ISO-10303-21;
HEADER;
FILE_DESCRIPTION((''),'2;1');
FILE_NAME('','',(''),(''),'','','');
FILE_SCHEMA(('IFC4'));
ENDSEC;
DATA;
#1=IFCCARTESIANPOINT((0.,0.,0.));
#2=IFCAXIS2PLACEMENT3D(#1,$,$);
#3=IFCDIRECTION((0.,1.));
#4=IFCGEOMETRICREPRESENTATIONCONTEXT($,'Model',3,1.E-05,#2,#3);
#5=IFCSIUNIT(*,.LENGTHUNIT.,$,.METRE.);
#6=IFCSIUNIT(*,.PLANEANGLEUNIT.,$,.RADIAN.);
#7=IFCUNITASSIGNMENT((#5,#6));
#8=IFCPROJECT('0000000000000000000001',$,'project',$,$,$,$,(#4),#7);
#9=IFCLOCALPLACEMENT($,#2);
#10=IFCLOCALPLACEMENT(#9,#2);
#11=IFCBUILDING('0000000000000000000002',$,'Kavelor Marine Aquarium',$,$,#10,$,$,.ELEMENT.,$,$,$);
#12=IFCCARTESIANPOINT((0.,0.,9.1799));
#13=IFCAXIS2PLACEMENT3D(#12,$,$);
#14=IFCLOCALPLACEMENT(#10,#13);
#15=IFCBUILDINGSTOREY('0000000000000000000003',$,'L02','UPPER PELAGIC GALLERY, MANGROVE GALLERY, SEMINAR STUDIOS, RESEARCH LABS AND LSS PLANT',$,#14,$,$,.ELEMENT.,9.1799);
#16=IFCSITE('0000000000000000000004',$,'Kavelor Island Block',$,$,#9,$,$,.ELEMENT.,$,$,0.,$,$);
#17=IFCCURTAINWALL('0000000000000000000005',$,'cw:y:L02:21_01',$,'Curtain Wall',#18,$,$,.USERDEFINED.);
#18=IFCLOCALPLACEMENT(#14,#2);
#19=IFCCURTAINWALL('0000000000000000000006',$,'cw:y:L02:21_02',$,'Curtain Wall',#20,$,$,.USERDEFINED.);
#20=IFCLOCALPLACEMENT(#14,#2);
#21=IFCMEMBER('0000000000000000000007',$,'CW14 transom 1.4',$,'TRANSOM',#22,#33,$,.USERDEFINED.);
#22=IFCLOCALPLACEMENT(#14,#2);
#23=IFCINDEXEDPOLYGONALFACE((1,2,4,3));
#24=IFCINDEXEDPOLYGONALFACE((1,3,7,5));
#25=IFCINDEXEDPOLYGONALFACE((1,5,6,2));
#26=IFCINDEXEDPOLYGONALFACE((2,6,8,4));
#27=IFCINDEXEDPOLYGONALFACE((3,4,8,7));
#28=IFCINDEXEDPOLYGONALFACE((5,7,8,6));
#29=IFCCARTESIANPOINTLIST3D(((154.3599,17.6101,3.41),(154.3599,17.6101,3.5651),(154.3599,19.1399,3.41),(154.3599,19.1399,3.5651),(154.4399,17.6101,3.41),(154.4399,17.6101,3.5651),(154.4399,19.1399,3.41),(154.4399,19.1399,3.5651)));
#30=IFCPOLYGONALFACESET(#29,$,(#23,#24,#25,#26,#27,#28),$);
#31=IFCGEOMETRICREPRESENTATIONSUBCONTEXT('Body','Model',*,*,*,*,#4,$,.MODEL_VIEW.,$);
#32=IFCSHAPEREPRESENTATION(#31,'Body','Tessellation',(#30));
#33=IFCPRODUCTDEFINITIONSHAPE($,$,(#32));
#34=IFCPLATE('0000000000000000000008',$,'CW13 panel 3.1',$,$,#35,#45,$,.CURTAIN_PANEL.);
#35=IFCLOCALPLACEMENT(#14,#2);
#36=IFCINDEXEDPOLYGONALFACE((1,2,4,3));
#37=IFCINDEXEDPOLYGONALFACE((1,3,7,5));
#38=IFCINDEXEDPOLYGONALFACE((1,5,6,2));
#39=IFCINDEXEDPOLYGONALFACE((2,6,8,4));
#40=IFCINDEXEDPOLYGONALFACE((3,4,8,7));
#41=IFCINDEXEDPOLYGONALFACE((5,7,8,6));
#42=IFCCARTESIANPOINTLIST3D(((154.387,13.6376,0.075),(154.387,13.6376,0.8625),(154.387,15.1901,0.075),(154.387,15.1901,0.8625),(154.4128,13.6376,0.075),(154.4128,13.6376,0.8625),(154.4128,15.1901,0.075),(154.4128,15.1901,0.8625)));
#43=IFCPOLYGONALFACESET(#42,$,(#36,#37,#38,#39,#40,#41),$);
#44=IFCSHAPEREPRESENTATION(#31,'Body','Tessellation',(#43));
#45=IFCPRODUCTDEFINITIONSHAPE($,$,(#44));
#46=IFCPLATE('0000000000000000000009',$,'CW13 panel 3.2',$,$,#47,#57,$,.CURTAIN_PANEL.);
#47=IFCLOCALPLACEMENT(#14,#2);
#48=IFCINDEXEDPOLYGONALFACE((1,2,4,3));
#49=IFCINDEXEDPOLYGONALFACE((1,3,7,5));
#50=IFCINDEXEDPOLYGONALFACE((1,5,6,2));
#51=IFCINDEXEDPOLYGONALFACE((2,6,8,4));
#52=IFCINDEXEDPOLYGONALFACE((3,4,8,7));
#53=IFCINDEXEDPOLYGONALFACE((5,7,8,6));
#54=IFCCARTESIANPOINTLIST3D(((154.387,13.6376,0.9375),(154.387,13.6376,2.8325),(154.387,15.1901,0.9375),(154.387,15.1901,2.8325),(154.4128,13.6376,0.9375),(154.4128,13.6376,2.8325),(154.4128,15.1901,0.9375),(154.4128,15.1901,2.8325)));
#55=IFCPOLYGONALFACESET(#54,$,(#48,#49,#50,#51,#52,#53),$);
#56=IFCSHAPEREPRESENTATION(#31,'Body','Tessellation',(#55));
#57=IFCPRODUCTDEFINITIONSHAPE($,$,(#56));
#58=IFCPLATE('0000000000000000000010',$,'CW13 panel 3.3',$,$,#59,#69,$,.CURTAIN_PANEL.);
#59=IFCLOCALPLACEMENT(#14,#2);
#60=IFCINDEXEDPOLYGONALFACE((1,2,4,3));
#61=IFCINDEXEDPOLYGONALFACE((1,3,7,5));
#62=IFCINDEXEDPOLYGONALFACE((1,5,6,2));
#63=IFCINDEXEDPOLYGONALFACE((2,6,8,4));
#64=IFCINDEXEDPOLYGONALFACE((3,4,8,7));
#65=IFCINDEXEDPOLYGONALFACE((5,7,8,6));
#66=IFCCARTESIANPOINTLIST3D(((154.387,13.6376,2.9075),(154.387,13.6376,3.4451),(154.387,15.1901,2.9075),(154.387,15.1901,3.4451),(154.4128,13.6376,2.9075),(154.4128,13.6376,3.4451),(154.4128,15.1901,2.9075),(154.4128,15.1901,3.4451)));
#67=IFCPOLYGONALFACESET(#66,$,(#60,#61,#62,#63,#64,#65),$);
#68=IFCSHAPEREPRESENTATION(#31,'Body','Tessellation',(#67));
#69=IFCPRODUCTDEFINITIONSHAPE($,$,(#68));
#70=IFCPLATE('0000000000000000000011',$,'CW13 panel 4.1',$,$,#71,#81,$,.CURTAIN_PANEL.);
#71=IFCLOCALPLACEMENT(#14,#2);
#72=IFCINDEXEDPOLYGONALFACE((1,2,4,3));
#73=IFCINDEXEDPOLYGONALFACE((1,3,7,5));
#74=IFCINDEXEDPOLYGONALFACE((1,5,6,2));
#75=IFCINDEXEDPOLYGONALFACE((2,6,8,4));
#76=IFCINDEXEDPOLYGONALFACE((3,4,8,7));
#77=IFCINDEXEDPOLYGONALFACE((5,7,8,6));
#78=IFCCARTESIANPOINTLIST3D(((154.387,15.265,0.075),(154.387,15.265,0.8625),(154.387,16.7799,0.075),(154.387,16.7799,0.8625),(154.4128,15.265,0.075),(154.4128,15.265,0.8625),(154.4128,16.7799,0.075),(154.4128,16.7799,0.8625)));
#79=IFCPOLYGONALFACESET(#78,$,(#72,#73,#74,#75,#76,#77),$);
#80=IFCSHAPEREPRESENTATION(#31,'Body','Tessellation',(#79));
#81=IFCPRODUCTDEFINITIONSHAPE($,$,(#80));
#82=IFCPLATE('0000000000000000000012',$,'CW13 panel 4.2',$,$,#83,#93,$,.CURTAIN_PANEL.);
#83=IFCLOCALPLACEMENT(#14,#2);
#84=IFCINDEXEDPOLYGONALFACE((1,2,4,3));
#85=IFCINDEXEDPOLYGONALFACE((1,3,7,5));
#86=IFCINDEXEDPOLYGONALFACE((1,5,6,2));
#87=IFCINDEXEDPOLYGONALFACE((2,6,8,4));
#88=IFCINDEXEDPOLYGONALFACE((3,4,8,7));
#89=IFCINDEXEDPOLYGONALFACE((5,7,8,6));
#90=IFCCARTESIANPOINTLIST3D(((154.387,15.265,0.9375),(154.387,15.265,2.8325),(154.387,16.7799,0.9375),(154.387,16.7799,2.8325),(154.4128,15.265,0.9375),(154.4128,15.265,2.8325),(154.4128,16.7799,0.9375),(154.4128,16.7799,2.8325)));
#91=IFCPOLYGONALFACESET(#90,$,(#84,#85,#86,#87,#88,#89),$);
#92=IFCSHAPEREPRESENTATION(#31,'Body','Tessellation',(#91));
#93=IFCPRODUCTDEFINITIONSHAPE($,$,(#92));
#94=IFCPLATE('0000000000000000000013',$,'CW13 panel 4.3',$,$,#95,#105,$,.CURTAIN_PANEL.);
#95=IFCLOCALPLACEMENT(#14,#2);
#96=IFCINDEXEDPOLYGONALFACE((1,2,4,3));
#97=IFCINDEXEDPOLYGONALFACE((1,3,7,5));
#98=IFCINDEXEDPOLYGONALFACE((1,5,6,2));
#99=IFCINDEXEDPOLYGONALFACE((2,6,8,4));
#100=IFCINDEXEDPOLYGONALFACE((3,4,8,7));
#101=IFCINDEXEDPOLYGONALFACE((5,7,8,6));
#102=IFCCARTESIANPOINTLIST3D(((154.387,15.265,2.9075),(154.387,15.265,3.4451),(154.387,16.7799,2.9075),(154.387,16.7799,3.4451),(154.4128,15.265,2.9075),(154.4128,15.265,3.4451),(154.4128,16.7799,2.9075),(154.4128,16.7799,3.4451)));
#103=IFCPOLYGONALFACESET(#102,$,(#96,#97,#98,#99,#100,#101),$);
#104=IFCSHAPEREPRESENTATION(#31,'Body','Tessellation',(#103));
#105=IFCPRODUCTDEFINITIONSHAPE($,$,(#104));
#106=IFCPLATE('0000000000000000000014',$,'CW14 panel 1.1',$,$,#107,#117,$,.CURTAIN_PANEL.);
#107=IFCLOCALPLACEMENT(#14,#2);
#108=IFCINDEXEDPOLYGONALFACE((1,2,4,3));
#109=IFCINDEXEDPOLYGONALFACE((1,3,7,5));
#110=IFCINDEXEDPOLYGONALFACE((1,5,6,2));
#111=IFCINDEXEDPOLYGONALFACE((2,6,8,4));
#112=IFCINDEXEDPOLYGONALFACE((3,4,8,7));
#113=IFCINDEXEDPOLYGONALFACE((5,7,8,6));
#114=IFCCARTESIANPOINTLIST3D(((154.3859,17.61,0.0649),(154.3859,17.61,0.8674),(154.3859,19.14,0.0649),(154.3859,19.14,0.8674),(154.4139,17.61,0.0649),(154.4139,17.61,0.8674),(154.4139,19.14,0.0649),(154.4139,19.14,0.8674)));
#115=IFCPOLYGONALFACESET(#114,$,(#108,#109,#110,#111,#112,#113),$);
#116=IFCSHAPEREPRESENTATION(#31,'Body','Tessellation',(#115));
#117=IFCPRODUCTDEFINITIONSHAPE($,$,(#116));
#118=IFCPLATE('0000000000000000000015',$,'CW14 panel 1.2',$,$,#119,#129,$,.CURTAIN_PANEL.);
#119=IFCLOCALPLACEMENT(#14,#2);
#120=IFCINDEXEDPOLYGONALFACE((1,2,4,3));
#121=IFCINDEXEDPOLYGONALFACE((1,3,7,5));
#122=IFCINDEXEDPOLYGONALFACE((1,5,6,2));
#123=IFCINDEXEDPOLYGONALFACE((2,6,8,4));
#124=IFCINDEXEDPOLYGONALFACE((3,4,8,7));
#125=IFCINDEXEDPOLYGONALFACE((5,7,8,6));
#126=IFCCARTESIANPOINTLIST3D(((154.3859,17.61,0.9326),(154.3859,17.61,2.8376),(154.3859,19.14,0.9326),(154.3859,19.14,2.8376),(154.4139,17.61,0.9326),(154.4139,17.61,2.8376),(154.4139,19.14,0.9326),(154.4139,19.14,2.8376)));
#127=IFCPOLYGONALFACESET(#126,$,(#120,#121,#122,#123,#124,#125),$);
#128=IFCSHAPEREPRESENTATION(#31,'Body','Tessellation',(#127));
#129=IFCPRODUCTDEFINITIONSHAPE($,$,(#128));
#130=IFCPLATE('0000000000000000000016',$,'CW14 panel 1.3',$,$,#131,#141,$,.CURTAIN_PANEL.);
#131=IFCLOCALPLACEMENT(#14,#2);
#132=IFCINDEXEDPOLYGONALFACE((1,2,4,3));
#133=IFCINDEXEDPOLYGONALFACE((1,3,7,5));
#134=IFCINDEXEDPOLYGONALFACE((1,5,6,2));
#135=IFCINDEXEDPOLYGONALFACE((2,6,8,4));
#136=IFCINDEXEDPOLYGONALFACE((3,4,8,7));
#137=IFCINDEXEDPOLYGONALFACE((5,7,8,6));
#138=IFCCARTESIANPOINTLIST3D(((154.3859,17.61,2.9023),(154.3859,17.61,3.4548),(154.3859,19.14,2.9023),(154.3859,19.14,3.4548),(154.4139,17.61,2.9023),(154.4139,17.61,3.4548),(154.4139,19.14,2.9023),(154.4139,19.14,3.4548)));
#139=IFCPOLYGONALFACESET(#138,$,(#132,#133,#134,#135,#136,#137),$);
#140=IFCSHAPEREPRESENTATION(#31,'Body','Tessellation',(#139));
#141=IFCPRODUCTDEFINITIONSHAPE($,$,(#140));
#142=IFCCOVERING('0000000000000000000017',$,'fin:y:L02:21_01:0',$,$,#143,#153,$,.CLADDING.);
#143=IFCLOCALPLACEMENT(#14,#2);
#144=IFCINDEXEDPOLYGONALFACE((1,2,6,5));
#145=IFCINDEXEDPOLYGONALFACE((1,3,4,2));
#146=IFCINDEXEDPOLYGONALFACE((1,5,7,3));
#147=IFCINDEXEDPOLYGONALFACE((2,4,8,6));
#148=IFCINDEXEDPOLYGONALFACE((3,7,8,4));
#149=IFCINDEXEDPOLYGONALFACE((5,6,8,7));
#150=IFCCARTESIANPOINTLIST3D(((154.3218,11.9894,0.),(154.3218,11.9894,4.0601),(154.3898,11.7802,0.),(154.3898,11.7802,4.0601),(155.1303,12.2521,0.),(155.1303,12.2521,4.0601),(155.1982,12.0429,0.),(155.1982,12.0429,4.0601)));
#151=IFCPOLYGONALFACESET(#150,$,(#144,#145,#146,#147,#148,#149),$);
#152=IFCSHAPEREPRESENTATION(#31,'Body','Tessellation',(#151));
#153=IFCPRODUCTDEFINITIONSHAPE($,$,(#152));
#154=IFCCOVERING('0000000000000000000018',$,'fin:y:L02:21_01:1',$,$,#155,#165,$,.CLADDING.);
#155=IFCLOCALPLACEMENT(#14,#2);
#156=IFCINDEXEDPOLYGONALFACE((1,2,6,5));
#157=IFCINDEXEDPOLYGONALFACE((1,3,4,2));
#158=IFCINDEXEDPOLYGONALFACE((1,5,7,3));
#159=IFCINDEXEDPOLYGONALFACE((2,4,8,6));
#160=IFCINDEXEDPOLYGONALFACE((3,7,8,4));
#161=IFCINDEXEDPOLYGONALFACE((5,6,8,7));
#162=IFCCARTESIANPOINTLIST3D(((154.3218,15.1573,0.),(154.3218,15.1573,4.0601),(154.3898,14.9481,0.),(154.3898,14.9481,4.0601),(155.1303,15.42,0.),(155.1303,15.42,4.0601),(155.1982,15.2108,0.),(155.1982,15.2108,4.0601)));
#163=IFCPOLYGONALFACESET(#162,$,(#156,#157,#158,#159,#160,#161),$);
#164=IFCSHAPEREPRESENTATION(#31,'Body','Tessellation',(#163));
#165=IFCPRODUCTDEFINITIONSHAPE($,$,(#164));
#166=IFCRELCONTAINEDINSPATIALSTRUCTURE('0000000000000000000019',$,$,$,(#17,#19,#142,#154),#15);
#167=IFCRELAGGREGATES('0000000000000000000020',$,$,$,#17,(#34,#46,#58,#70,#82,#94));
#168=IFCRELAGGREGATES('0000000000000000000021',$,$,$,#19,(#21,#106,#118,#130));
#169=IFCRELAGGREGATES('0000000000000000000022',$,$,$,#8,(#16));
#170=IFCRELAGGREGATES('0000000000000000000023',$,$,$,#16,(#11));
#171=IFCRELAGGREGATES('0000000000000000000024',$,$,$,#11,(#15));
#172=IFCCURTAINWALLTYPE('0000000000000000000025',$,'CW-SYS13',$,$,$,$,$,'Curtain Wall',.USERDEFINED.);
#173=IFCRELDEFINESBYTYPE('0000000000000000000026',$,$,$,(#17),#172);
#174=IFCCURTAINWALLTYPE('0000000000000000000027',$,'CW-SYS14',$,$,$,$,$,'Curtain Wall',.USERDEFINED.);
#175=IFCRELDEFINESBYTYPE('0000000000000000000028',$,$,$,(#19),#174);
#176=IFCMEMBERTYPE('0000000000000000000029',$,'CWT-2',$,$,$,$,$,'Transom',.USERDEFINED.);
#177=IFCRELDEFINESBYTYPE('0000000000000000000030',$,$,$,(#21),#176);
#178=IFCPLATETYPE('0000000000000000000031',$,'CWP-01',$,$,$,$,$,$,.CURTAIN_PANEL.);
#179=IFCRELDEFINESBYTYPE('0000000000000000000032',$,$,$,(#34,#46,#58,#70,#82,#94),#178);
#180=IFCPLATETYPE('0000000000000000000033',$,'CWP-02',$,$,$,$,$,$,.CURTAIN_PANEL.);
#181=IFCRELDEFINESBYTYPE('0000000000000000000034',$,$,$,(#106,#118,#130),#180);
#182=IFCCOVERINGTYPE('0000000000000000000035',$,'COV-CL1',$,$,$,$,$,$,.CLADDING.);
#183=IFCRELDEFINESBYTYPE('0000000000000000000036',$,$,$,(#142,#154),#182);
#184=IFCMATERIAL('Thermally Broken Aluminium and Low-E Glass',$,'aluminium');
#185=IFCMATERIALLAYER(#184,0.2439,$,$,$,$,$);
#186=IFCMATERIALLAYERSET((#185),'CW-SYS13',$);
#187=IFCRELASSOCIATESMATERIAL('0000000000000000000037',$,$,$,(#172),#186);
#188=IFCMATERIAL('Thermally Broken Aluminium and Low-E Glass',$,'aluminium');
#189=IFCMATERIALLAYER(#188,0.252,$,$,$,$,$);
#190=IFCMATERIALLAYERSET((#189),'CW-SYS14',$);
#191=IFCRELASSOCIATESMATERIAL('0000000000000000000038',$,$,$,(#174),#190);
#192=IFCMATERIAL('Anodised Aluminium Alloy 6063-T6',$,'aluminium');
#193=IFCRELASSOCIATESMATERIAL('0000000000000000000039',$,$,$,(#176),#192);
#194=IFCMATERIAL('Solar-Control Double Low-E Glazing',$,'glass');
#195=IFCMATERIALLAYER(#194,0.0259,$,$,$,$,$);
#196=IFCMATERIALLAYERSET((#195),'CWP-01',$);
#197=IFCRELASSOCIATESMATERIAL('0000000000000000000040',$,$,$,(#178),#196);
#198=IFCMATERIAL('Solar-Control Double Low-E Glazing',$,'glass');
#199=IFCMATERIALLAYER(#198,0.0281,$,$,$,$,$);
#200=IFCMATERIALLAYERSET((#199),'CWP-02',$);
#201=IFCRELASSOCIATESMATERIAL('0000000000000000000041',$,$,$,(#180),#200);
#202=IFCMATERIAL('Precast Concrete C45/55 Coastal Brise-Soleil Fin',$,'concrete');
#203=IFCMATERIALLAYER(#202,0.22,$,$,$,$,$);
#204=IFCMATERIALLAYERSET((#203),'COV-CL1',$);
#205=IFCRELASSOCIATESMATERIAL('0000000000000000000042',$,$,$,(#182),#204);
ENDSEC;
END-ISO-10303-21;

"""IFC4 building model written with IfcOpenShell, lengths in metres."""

from ifc_helpers import new_model, si_unit, direction, frame, origin, origin_2d, place, context, subcontext, project, spatial, rectangle, extrude, material, layer, layer_set, material_profile, profile_set, type_object, element, aggregate, save


model = new_model("IFC4")

# Units and contexts
model_context = context("Model", 3, precision=1e-05, world=origin(), true_north=direction((0.0, 1.0)))
body_context = subcontext(model_context, "Body", "Model", "MODEL_VIEW")
ifc_project = project(units=[si_unit("LENGTHUNIT", "METRE"), si_unit("PLANEANGLEUNIT", "RADIAN")], contexts=[model_context])

# Site, building, storey
site_placement = place(None, origin())
site = spatial("IfcSite", under=ifc_project, at=site_placement, Name="Kavelor Island Block", CompositionType="ELEMENT", RefElevation=0.0)
building_placement = place(site_placement, origin())
building = spatial("IfcBuilding", under=site, at=building_placement, Name="Kavelor Marine Aquarium", CompositionType="ELEMENT")
storey_placement = place(building_placement, frame((0.0, 0.0, 9.1799)))
storey = spatial("IfcBuildingStorey", under=building, at=storey_placement, Name="L02", Description="UPPER PELAGIC GALLERY, MANGROVE GALLERY, SEMINAR STUDIOS, RESEARCH LABS AND LSS PLANT", CompositionType="ELEMENT", Elevation=9.1799)

# Curtain walls
ifc_material_1 = material(Name="Thermally Broken Aluminium and Low-E Glass", Category="aluminium")
ifc_layer_1 = layer(ifc_material_1, 0.2439)
ifc_layer_set_1 = layer_set([ifc_layer_1], Name="CW-SYS13")
curtain_wall_type_1 = type_object("IfcCurtainWallType", Name="CW-SYS13", ElementType="Curtain Wall", PredefinedType="USERDEFINED", material=ifc_layer_set_1)
curtain_wall_1_placement = place(storey_placement, origin())
curtain_wall_1 = element("IfcCurtainWall", 1, at=curtain_wall_1_placement, inside=storey, type_object=curtain_wall_type_1, Name="cw:y:L02:21_01", ObjectType="Curtain Wall", PredefinedType="USERDEFINED")
ifc_material_2 = material(Name="Thermally Broken Aluminium and Low-E Glass", Category="aluminium")
ifc_layer_2 = layer(ifc_material_2, 0.252)
ifc_layer_set_2 = layer_set([ifc_layer_2], Name="CW-SYS14")
curtain_wall_type_2 = type_object("IfcCurtainWallType", Name="CW-SYS14", ElementType="Curtain Wall", PredefinedType="USERDEFINED", material=ifc_layer_set_2)
curtain_wall_2_placement = place(storey_placement, origin())
curtain_wall_2 = element("IfcCurtainWall", 2, at=curtain_wall_2_placement, inside=storey, type_object=curtain_wall_type_2, Name="cw:y:L02:21_02", ObjectType="Curtain Wall", PredefinedType="USERDEFINED")

# Member
ifc_material_3 = material(Name="Anodised Aluminium Alloy 6063-T6", Category="aluminium")
ifc_material_profile_1 = material_profile(ifc_material_3, rectangle(XDim=0.0801, YDim=0.155, at=origin_2d()), Name="CW-TRN 80x155")
ifc_profile_set_1 = profile_set([ifc_material_profile_1], Name="Anodised Aluminium Alloy 6063-T6")
member_type_1 = type_object("IfcMemberType", Name="CWT-2", ElementType="Transom", PredefinedType="USERDEFINED", material=ifc_profile_set_1)
member_1_placement = place(storey_placement, frame((154.3999, 17.6101, 3.4875), z_axis=(0.0, 1.0, 0.0), x_axis=(-1.0, 0.0, 0.0)))
member_1 = element("IfcMember", 3, at=member_1_placement, type_object=member_type_1, Name="CW14 transom 1.4", ObjectType="TRANSOM", PredefinedType="USERDEFINED", context=body_context, shape_type="SweptSolid", body=[
    extrude(rectangle(XDim=0.0801, YDim=0.155, at=origin_2d()), origin(), (0.0, 0.0, 1.0), 1.5298),
])

# Plates
ifc_material_4 = material(Name="Solar-Control Double Low-E Glazing", Category="glass")
ifc_layer_3 = layer(ifc_material_4, 0.0259)
ifc_layer_set_3 = layer_set([ifc_layer_3], Name="CWP-01")
plate_type_1 = type_object("IfcPlateType", Name="CWP-01", PredefinedType="CURTAIN_PANEL", material=ifc_layer_set_3)
plate_1_placement = place(storey_placement, frame((154.3999, 14.4138, 0.075), z_axis=(0.0, 0.0, 1.0), x_axis=(0.0, 1.0, 0.0)))
plate_1 = element("IfcPlate", 4, at=plate_1_placement, type_object=plate_type_1, Name="CW13 panel 3.1", PredefinedType="CURTAIN_PANEL", context=body_context, shape_type="SweptSolid", body=[
    extrude(rectangle(XDim=1.5525, YDim=0.0259, at=origin_2d()), origin(), (0.0, 0.0, 1.0), 0.7876),
])
plate_2_placement = place(storey_placement, frame((154.3999, 14.4138, 0.9375), z_axis=(0.0, 0.0, 1.0), x_axis=(0.0, 1.0, 0.0)))
plate_2 = element("IfcPlate", 5, at=plate_2_placement, type_object=plate_type_1, Name="CW13 panel 3.2", PredefinedType="CURTAIN_PANEL", context=body_context, shape_type="SweptSolid", body=[
    extrude(rectangle(XDim=1.5525, YDim=0.0259, at=origin_2d()), origin(), (0.0, 0.0, 1.0), 1.895),
])
plate_3_placement = place(storey_placement, frame((154.3999, 14.4138, 2.9075), z_axis=(0.0, 0.0, 1.0), x_axis=(0.0, 1.0, 0.0)))
plate_3 = element("IfcPlate", 6, at=plate_3_placement, type_object=plate_type_1, Name="CW13 panel 3.3", PredefinedType="CURTAIN_PANEL", context=body_context, shape_type="SweptSolid", body=[
    extrude(rectangle(XDim=1.5525, YDim=0.0259, at=origin_2d()), origin(), (0.0, 0.0, 1.0), 0.5376),
])
plate_4_placement = place(storey_placement, frame((154.3999, 16.0225, 0.075), z_axis=(0.0, 0.0, 1.0), x_axis=(0.0, 1.0, 0.0)))
plate_4 = element("IfcPlate", 7, at=plate_4_placement, type_object=plate_type_1, Name="CW13 panel 4.1", PredefinedType="CURTAIN_PANEL", context=body_context, shape_type="SweptSolid", body=[
    extrude(rectangle(XDim=1.5149, YDim=0.0259, at=origin_2d()), origin(), (0.0, 0.0, 1.0), 0.7876),
])
plate_5_placement = place(storey_placement, frame((154.3999, 16.0225, 0.9375), z_axis=(0.0, 0.0, 1.0), x_axis=(0.0, 1.0, 0.0)))
plate_5 = element("IfcPlate", 8, at=plate_5_placement, type_object=plate_type_1, Name="CW13 panel 4.2", PredefinedType="CURTAIN_PANEL", context=body_context, shape_type="SweptSolid", body=[
    extrude(rectangle(XDim=1.5149, YDim=0.0259, at=origin_2d()), origin(), (0.0, 0.0, 1.0), 1.895),
])
plate_6_placement = place(storey_placement, frame((154.3999, 16.0225, 2.9075), z_axis=(0.0, 0.0, 1.0), x_axis=(0.0, 1.0, 0.0)))
plate_6 = element("IfcPlate", 9, at=plate_6_placement, type_object=plate_type_1, Name="CW13 panel 4.3", PredefinedType="CURTAIN_PANEL", context=body_context, shape_type="SweptSolid", body=[
    extrude(rectangle(XDim=1.5149, YDim=0.0259, at=origin_2d()), origin(), (0.0, 0.0, 1.0), 0.5376),
])
aggregate(curtain_wall_1, [plate_1, plate_2, plate_3, plate_4, plate_5, plate_6])
ifc_material_5 = material(Name="Solar-Control Double Low-E Glazing", Category="glass")
ifc_layer_4 = layer(ifc_material_5, 0.0281)
ifc_layer_set_4 = layer_set([ifc_layer_4], Name="CWP-02")
plate_type_2 = type_object("IfcPlateType", Name="CWP-02", PredefinedType="CURTAIN_PANEL", material=ifc_layer_set_4)
plate_7_placement = place(storey_placement, frame((154.3999, 18.375, 0.0649), z_axis=(0.0, 0.0, 1.0), x_axis=(0.0, 1.0, 0.0)))
plate_7 = element("IfcPlate", 10, at=plate_7_placement, type_object=plate_type_2, Name="CW14 panel 1.1", PredefinedType="CURTAIN_PANEL", context=body_context, shape_type="SweptSolid", body=[
    extrude(rectangle(XDim=1.53, YDim=0.0281, at=origin_2d()), origin(), (0.0, 0.0, 1.0), 0.8025),
])
plate_8_placement = place(storey_placement, frame((154.3999, 18.375, 0.9326), z_axis=(0.0, 0.0, 1.0), x_axis=(0.0, 1.0, 0.0)))
plate_8 = element("IfcPlate", 11, at=plate_8_placement, type_object=plate_type_2, Name="CW14 panel 1.2", PredefinedType="CURTAIN_PANEL", context=body_context, shape_type="SweptSolid", body=[
    extrude(rectangle(XDim=1.53, YDim=0.0281, at=origin_2d()), origin(), (0.0, 0.0, 1.0), 1.905),
])
plate_9_placement = place(storey_placement, frame((154.3999, 18.375, 2.9023), z_axis=(0.0, 0.0, 1.0), x_axis=(0.0, 1.0, 0.0)))
plate_9 = element("IfcPlate", 12, at=plate_9_placement, type_object=plate_type_2, Name="CW14 panel 1.3", PredefinedType="CURTAIN_PANEL", context=body_context, shape_type="SweptSolid", body=[
    extrude(rectangle(XDim=1.53, YDim=0.0281, at=origin_2d()), origin(), (0.0, 0.0, 1.0), 0.5525),
])
aggregate(curtain_wall_2, [member_1, plate_7, plate_8, plate_9])

# Coverings
ifc_material_6 = material(Name="Precast Concrete C45/55 Coastal Brise-Soleil Fin", Category="concrete")
ifc_layer_5 = layer(ifc_material_6, 0.22)
ifc_layer_set_5 = layer_set([ifc_layer_5], Name="COV-CL1")
covering_type = type_object("IfcCoveringType", Name="COV-CL1", PredefinedType="CLADDING", material=ifc_layer_set_5)
for number, where, z_axis, x_axis, name in (
    (13, (154.76, 12.0161, 0.0), (0.0, 0.0, 1.0), (0.951057, 0.309017, 0.0), "fin:y:L02:21_01:0"),
    (14, (154.76, 15.1841, 0.0), (0.0, 0.0, 1.0), (0.951057, 0.309017, 0.0), "fin:y:L02:21_01:1"),
):
    element("IfcCovering", number, at=place(storey_placement, frame(where, z_axis=z_axis, x_axis=x_axis)), inside=storey, type_object=covering_type, Name=name, PredefinedType="CLADDING", context=body_context, shape_type="SweptSolid", body=[
        extrude(rectangle(XDim=0.8501, YDim=0.22, at=origin_2d()), origin(), (0.0, 0.0, 1.0), 4.0601),
    ])

save(model, "model.ifc")
